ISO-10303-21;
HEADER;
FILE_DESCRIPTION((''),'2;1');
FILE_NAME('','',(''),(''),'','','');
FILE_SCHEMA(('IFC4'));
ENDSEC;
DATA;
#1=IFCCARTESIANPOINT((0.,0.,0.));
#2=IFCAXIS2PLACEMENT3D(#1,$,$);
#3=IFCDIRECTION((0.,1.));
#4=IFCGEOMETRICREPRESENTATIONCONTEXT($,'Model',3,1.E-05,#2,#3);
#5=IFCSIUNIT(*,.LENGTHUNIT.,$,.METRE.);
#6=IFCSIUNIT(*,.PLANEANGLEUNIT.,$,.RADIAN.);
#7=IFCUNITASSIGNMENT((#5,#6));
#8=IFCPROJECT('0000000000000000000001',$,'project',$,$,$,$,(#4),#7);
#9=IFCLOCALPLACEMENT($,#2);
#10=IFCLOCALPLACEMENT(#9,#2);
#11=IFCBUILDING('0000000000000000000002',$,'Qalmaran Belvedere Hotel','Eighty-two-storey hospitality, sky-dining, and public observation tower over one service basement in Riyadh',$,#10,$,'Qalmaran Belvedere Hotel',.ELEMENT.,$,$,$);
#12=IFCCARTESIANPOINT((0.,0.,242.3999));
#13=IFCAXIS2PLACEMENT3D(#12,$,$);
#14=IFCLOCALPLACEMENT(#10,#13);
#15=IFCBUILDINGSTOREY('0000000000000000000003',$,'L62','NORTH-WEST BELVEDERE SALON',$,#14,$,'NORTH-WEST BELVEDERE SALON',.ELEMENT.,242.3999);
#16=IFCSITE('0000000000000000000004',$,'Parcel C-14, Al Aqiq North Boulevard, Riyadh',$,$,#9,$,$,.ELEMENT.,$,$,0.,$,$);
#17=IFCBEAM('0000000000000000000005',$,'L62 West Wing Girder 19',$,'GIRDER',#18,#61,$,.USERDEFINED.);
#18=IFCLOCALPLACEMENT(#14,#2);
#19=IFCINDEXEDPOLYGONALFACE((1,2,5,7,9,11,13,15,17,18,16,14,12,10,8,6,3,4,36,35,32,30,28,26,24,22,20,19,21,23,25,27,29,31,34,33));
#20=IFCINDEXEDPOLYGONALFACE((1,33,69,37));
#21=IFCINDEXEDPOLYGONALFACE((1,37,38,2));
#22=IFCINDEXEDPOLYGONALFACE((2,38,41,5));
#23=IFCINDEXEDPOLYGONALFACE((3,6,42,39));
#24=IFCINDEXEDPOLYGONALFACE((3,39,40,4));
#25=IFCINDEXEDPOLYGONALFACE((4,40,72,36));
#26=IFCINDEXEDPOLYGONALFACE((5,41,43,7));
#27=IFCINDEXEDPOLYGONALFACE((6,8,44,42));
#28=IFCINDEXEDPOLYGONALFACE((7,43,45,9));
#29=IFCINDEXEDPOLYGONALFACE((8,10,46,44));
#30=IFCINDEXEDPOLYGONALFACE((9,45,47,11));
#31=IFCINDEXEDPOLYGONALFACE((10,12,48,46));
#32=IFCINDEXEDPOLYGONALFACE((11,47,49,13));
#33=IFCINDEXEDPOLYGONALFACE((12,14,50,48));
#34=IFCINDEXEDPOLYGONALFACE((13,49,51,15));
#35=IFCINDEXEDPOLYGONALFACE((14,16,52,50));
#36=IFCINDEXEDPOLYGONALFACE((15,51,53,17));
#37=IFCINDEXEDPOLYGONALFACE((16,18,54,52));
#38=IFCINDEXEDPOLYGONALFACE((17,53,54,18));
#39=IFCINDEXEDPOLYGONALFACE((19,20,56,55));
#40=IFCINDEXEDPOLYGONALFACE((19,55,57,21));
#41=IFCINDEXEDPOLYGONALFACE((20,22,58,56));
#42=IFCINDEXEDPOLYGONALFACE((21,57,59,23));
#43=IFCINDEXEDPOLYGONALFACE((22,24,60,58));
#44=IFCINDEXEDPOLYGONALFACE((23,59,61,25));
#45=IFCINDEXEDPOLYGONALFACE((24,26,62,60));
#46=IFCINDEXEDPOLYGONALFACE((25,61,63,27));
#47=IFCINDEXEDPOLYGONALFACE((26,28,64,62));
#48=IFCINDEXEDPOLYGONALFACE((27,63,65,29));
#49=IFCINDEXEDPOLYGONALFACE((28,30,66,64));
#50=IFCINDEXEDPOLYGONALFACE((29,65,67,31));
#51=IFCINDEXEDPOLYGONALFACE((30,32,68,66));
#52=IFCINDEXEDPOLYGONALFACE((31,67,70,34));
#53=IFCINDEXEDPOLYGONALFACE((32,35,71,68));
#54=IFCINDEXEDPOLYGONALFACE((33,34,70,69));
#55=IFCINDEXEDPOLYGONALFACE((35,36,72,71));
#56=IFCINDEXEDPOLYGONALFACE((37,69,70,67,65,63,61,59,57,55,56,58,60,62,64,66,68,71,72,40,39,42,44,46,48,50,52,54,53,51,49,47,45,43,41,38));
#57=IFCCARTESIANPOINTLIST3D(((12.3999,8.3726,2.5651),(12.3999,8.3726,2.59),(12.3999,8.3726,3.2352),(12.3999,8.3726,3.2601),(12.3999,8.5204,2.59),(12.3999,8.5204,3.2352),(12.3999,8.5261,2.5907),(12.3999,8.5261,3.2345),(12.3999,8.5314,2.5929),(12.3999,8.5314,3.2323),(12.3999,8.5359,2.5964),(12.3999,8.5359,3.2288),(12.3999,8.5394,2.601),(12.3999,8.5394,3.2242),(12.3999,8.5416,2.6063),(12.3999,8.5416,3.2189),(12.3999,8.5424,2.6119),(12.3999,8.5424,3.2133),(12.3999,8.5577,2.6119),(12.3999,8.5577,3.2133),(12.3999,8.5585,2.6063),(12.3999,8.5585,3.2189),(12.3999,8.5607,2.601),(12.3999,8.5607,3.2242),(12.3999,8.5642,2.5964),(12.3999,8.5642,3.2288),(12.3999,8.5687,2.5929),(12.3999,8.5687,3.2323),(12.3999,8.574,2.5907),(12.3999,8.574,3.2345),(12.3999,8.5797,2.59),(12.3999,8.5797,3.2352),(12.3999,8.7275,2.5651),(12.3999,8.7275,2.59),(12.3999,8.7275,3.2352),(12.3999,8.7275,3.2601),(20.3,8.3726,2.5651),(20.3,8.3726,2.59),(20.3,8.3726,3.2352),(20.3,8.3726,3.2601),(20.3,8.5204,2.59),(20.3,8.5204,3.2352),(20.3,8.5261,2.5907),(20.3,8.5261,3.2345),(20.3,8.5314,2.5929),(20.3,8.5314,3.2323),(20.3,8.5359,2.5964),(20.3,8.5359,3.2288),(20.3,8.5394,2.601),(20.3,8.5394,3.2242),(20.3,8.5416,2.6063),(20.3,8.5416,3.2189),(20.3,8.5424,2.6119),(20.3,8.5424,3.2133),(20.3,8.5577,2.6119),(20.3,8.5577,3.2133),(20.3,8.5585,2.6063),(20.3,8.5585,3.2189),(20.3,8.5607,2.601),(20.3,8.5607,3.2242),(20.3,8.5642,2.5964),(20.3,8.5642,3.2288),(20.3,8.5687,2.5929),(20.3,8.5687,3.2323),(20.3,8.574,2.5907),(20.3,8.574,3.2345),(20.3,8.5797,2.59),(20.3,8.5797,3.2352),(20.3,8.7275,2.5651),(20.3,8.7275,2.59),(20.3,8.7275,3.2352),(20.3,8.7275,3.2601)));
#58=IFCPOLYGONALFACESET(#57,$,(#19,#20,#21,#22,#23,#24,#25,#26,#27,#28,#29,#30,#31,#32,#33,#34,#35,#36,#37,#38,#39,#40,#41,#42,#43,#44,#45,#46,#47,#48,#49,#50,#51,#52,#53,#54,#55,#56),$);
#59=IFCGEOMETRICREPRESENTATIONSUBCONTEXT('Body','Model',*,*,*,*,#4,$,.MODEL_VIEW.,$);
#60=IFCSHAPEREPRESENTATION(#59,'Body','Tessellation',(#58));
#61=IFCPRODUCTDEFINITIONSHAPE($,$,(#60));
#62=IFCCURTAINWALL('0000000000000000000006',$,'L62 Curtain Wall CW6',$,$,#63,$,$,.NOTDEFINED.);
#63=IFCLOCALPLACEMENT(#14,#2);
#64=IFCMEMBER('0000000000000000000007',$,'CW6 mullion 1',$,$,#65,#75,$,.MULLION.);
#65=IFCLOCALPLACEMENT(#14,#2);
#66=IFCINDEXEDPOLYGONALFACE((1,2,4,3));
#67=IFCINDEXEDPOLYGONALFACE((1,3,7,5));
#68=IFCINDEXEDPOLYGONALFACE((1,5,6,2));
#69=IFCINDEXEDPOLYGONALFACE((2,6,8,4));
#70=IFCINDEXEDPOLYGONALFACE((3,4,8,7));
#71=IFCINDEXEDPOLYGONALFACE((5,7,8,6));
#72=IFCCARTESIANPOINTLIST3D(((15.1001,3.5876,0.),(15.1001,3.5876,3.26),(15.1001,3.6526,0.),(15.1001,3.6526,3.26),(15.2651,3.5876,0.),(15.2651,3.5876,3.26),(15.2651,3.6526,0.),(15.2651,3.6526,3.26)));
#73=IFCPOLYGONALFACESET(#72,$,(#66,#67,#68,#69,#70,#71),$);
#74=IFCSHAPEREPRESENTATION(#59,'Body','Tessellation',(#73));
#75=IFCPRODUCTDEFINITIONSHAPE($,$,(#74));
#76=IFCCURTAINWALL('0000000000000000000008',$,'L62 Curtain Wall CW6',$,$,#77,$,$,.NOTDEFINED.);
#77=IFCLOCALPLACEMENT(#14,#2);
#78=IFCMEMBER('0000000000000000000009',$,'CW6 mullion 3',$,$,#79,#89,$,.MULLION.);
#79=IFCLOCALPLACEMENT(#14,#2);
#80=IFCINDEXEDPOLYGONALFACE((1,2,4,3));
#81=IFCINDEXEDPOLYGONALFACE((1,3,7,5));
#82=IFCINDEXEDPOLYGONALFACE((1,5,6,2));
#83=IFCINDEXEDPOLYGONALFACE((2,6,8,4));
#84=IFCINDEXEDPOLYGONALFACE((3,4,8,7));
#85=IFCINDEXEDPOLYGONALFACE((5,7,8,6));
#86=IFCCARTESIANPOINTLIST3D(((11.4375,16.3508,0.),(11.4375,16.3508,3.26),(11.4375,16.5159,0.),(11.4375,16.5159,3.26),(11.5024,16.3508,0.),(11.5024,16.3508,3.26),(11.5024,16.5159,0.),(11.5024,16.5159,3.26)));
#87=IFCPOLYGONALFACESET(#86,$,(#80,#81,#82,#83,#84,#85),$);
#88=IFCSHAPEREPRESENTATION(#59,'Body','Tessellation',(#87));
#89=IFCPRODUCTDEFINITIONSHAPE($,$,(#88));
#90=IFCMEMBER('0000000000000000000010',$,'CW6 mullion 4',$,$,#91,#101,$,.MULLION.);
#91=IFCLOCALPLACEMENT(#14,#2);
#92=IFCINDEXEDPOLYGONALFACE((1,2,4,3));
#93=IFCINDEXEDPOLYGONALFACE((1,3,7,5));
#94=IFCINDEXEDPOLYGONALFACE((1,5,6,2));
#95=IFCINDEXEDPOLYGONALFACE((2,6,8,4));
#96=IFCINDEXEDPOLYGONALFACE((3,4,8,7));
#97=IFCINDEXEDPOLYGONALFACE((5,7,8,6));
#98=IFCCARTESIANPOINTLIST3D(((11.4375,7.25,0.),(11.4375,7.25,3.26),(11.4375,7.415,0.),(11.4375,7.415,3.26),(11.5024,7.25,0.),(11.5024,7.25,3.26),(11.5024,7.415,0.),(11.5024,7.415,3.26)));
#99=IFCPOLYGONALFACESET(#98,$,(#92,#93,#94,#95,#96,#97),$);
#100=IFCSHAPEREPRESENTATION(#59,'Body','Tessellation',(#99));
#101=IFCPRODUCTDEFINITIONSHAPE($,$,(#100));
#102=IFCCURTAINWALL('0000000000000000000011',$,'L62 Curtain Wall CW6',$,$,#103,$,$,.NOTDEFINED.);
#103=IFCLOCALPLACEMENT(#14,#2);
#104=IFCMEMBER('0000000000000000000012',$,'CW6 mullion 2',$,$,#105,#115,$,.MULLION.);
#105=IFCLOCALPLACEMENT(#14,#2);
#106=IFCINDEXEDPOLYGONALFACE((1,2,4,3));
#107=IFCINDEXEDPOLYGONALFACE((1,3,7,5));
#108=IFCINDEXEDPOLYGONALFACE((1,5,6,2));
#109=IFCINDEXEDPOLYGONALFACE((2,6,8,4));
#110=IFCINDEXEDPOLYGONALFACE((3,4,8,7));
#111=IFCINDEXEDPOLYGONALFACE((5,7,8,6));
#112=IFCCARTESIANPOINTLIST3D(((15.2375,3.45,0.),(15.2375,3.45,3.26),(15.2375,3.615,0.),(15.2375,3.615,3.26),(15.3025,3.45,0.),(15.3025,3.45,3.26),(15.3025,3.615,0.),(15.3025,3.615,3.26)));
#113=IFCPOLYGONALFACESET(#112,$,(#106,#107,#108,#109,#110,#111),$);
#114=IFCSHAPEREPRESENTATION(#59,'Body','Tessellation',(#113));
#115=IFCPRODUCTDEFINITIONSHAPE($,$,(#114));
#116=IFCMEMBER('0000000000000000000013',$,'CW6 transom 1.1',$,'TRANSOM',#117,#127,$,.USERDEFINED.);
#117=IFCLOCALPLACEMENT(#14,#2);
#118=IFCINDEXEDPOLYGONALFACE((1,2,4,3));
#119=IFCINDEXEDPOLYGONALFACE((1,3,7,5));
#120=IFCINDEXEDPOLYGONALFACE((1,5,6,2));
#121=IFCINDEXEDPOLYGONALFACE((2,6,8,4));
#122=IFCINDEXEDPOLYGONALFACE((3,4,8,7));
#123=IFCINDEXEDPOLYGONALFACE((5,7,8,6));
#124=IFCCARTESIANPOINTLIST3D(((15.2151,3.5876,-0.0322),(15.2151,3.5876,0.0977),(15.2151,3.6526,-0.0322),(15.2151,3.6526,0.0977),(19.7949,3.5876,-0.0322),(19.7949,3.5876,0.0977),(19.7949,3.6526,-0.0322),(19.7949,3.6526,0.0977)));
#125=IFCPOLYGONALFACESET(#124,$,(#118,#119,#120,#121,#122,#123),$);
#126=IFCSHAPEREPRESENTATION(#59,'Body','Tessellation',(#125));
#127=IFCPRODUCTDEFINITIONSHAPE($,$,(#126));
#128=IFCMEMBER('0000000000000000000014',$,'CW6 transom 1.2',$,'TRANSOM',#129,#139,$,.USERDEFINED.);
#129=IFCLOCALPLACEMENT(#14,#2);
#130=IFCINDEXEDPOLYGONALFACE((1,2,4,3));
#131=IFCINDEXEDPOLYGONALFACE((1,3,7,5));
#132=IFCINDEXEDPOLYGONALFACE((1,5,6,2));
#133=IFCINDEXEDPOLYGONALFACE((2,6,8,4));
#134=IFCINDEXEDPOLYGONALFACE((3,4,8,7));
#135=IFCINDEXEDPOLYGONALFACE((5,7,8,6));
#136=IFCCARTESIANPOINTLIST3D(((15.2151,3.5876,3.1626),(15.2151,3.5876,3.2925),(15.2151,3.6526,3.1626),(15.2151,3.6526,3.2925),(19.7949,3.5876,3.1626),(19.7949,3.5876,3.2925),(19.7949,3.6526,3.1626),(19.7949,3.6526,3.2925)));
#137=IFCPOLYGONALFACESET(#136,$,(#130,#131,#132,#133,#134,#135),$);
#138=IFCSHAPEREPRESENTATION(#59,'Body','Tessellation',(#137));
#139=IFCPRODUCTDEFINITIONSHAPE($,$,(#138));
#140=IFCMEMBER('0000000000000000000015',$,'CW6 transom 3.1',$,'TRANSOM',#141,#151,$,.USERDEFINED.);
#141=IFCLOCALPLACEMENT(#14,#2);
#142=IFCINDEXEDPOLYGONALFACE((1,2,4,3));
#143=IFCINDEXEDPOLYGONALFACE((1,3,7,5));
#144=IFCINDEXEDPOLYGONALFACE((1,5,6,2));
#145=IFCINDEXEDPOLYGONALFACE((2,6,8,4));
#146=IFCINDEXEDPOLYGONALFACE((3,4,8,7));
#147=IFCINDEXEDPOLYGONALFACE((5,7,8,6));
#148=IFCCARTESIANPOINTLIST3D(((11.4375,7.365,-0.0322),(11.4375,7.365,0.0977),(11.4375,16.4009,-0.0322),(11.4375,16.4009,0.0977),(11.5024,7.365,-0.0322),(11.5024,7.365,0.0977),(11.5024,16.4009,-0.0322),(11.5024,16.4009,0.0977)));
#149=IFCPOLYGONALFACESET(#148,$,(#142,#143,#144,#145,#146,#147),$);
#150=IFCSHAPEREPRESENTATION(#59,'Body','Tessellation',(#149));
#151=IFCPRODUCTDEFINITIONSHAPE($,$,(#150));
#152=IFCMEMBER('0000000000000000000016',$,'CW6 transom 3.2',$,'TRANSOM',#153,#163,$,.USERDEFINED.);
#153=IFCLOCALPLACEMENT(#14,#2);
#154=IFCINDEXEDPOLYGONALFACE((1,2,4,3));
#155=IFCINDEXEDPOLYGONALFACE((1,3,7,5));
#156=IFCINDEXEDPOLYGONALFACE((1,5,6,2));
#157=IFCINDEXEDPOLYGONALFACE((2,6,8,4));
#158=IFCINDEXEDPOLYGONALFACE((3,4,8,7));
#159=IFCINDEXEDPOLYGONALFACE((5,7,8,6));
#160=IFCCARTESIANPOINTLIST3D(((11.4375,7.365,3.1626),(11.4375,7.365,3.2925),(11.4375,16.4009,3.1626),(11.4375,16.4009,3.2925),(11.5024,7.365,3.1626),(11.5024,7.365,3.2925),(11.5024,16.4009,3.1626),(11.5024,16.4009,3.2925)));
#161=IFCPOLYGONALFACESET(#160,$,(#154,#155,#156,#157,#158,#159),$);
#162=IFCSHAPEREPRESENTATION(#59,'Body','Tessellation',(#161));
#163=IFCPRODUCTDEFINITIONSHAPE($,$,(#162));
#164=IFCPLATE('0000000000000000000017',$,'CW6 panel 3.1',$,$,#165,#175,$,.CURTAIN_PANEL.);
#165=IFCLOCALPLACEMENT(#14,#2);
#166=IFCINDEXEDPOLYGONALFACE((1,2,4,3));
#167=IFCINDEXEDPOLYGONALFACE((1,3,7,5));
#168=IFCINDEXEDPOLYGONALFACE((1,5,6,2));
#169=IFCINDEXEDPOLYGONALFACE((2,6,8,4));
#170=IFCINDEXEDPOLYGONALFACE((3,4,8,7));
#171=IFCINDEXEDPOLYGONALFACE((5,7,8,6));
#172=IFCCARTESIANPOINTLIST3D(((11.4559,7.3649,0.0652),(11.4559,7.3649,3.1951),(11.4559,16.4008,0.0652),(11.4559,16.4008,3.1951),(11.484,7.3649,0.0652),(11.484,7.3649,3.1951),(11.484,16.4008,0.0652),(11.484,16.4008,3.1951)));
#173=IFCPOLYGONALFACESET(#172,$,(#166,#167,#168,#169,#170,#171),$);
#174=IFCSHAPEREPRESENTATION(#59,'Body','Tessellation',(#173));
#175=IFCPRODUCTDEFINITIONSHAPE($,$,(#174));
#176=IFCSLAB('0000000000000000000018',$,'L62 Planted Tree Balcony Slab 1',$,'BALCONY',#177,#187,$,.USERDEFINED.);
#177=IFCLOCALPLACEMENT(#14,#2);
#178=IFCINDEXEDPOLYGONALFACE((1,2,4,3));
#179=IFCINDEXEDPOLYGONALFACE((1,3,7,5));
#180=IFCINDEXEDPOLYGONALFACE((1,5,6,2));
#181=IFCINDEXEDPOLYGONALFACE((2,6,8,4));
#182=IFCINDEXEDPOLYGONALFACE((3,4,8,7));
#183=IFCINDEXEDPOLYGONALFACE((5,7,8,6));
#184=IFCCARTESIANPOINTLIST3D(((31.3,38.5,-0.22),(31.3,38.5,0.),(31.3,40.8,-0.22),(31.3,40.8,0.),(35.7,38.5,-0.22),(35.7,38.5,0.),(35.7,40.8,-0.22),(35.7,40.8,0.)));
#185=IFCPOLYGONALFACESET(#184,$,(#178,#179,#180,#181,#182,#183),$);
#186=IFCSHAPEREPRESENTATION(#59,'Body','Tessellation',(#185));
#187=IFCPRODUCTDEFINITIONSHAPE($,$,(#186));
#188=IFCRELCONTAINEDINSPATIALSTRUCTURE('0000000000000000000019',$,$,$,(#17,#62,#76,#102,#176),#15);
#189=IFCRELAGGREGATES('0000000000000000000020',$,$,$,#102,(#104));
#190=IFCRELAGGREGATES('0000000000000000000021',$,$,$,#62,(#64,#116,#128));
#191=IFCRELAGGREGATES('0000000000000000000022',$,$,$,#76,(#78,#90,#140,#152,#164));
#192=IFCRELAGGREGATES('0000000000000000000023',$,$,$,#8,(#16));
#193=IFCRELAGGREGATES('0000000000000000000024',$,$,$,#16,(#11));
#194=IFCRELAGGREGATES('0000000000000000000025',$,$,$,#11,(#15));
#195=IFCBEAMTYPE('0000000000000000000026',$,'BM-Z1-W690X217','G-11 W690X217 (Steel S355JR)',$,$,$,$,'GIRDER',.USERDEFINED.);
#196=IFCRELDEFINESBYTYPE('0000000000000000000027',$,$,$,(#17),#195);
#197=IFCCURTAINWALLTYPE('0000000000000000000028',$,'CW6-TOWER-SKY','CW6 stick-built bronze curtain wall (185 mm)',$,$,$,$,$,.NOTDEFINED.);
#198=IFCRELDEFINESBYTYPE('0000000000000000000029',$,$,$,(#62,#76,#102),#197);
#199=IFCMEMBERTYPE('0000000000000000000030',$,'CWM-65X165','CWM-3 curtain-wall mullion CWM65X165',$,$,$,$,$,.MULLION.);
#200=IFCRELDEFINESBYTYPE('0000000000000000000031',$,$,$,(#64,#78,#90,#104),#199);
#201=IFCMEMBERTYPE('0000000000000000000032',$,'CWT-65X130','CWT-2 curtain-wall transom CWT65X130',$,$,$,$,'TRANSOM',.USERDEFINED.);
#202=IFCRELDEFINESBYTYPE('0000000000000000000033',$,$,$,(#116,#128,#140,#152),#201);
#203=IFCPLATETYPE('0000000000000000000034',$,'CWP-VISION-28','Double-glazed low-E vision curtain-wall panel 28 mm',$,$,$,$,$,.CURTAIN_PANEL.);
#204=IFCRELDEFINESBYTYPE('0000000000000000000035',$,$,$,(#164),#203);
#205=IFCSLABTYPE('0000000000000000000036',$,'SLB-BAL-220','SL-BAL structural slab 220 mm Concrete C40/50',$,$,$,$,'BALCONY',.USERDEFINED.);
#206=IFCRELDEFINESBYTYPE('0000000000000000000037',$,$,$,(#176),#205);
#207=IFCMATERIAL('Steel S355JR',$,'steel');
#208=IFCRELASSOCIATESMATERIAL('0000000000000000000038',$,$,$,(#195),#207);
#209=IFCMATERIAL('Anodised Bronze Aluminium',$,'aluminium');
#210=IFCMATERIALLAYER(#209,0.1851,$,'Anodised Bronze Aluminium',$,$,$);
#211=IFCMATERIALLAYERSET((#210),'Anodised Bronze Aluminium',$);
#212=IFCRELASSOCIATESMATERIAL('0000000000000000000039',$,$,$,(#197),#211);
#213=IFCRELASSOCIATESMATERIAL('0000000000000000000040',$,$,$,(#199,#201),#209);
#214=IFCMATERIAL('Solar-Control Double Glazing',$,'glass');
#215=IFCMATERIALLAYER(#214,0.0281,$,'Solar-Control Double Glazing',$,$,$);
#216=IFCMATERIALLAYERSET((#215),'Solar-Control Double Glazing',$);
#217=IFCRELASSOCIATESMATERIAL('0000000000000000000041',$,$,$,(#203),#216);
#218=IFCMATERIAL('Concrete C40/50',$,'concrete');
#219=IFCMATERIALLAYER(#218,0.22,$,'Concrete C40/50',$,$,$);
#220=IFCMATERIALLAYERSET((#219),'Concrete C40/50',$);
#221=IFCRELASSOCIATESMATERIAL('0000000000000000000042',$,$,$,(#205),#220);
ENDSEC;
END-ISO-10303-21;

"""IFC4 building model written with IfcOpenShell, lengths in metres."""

from ifc_helpers import new_model, si_unit, direction, frame, origin, origin_2d, place, context, subcontext, project, spatial, polyline, rectangle, i_section, outline, extrude, material, layer, layer_set, material_profile, profile_set, type_object, element, aggregate, save


model = new_model("IFC4")

# Units and contexts
model_context = context("Model", 3, precision=1e-05, world=origin(), true_north=direction((0.0, 1.0)))
body_context = subcontext(model_context, "Body", "Model", "MODEL_VIEW")
ifc_project = project(units=[si_unit("LENGTHUNIT", "METRE"), si_unit("PLANEANGLEUNIT", "RADIAN")], contexts=[model_context])

# Site, building, storey
site_placement = place(None, origin())
site = spatial("IfcSite", under=ifc_project, at=site_placement, Name="Parcel C-14, Al Aqiq North Boulevard, Riyadh", CompositionType="ELEMENT", RefElevation=0.0)
building_placement = place(site_placement, origin())
building = spatial("IfcBuilding", under=site, at=building_placement, Name="Qalmaran Belvedere Hotel", Description="Eighty-two-storey hospitality, sky-dining, and public observation tower over one service basement in Riyadh", LongName="Qalmaran Belvedere Hotel", CompositionType="ELEMENT")
storey_placement = place(building_placement, frame((0.0, 0.0, 242.3999)))
storey = spatial("IfcBuildingStorey", under=building, at=storey_placement, Name="L62", Description="NORTH-WEST BELVEDERE SALON", LongName="NORTH-WEST BELVEDERE SALON", CompositionType="ELEMENT", Elevation=242.3999)

# Beam
ifc_material_1 = material(Name="Steel S355JR", Category="steel")
ifc_material_profile_1 = material_profile(ifc_material_1, i_section(OverallWidth=0.355, OverallDepth=0.6951, WebThickness=0.0154, FlangeThickness=0.0249, FilletRadius=0.022, at=origin_2d()), Name="W690X217")
ifc_profile_set_1 = profile_set([ifc_material_profile_1], Name="Steel S355JR")
beam_type_1 = type_object("IfcBeamType", Name="BM-Z1-W690X217", Description="G-11 W690X217 (Steel S355JR)", ElementType="GIRDER", PredefinedType="USERDEFINED", material=ifc_profile_set_1)
beam_1_placement = place(storey_placement, frame((12.3999, 8.55, 2.9126), z_axis=(1.0, 0.0, 0.0), x_axis=(0.0, 1.0, 0.0)))
element("IfcBeam", 1, at=beam_1_placement, inside=storey, type_object=beam_type_1, Name="L62 West Wing Girder 19", ObjectType="GIRDER", PredefinedType="USERDEFINED", context=body_context, shape_type="SweptSolid", body=[
    extrude(i_section(OverallWidth=0.355, OverallDepth=0.6951, WebThickness=0.0154, FlangeThickness=0.0249, FilletRadius=0.022, at=origin_2d()), origin(), (0.0, 0.0, 1.0), 7.9001),
])

# Curtain wall, member
ifc_material_2 = material(Name="Anodised Bronze Aluminium", Category="aluminium")
ifc_layer_1 = layer(ifc_material_2, 0.1851, Name="Anodised Bronze Aluminium")
ifc_layer_set_1 = layer_set([ifc_layer_1], Name="Anodised Bronze Aluminium")
curtain_wall_type = type_object("IfcCurtainWallType", Name="CW6-TOWER-SKY", Description="CW6 stick-built bronze curtain wall (185 mm)", PredefinedType="NOTDEFINED", material=ifc_layer_set_1)
curtain_wall_1_placement = place(storey_placement, origin())
curtain_wall_1 = element("IfcCurtainWall", 2, at=curtain_wall_1_placement, inside=storey, type_object=curtain_wall_type, Name="L62 Curtain Wall CW6", PredefinedType="NOTDEFINED")
ifc_material_profile_2 = material_profile(ifc_material_2, rectangle(XDim=0.0649, YDim=0.165, at=origin_2d()), Name="CWM65X165")
ifc_profile_set_2 = profile_set([ifc_material_profile_2], Name="Anodised Bronze Aluminium")
member_type_1 = type_object("IfcMemberType", Name="CWM-65X165", Description="CWM-3 curtain-wall mullion CWM65X165", PredefinedType="MULLION", material=ifc_profile_set_2)
member_1_placement = place(storey_placement, frame((15.1826, 3.6201, 0.0), z_axis=(0.0, 0.0, 1.0), x_axis=(0.0, 1.0, 0.0)))
member_1 = element("IfcMember", 3, at=member_1_placement, type_object=member_type_1, Name="CW6 mullion 1", PredefinedType="MULLION", context=body_context, shape_type="SweptSolid", body=[
    extrude(rectangle(XDim=0.0649, YDim=0.165, at=origin_2d()), origin(), (0.0, 0.0, 1.0), 3.26),
])

# Curtain wall, members
curtain_wall_2_placement = place(storey_placement, origin())
curtain_wall_2 = element("IfcCurtainWall", 4, at=curtain_wall_2_placement, inside=storey, type_object=curtain_wall_type, Name="L62 Curtain Wall CW6", PredefinedType="NOTDEFINED")
member_2_placement = place(storey_placement, frame((11.47, 16.4333, 0.0), z_axis=(0.0, 0.0, 1.0), x_axis=(1.0, 0.0, 0.0)))
member_2 = element("IfcMember", 5, at=member_2_placement, type_object=member_type_1, Name="CW6 mullion 3", PredefinedType="MULLION", context=body_context, shape_type="SweptSolid", body=[
    extrude(rectangle(XDim=0.0649, YDim=0.165, at=origin_2d()), origin(), (0.0, 0.0, 1.0), 3.26),
])
member_3_placement = place(storey_placement, frame((11.47, 7.3325, 0.0), z_axis=(0.0, 0.0, 1.0), x_axis=(1.0, 0.0, 0.0)))
member_3 = element("IfcMember", 6, at=member_3_placement, type_object=member_type_1, Name="CW6 mullion 4", PredefinedType="MULLION", context=body_context, shape_type="SweptSolid", body=[
    extrude(rectangle(XDim=0.0649, YDim=0.165, at=origin_2d()), origin(), (0.0, 0.0, 1.0), 3.26),
])

# Curtain wall, member
curtain_wall_3_placement = place(storey_placement, origin())
curtain_wall_3 = element("IfcCurtainWall", 7, at=curtain_wall_3_placement, inside=storey, type_object=curtain_wall_type, Name="L62 Curtain Wall CW6", PredefinedType="NOTDEFINED")
member_4_placement = place(storey_placement, frame((15.27, 3.5325, 0.0), z_axis=(0.0, 0.0, 1.0), x_axis=(1.0, 0.0, 0.0)))
member_4 = element("IfcMember", 8, at=member_4_placement, type_object=member_type_1, Name="CW6 mullion 2", PredefinedType="MULLION", context=body_context, shape_type="SweptSolid", body=[
    extrude(rectangle(XDim=0.0649, YDim=0.165, at=origin_2d()), origin(), (0.0, 0.0, 1.0), 3.26),
])
aggregate(curtain_wall_3, [member_4])

# Members
ifc_material_profile_3 = material_profile(ifc_material_2, rectangle(XDim=0.0649, YDim=0.1299, at=origin_2d()), Name="CWT65X130")
ifc_profile_set_3 = profile_set([ifc_material_profile_3], Name="Anodised Bronze Aluminium")
member_type_2 = type_object("IfcMemberType", Name="CWT-65X130", Description="CWT-2 curtain-wall transom CWT65X130", ElementType="TRANSOM", PredefinedType="USERDEFINED", material=ifc_profile_set_3)
member_5_placement = place(storey_placement, frame((15.2151, 3.6201, 0.0327), z_axis=(1.0, 0.0, 0.0), x_axis=(0.0, 1.0, 0.0)))
member_5 = element("IfcMember", 9, at=member_5_placement, type_object=member_type_2, Name="CW6 transom 1.1", ObjectType="TRANSOM", PredefinedType="USERDEFINED", context=body_context, shape_type="SweptSolid", body=[
    extrude(rectangle(XDim=0.0649, YDim=0.1299, at=origin_2d()), origin(), (0.0, 0.0, 1.0), 4.5798),
])
member_6_placement = place(storey_placement, frame((15.2151, 3.6201, 3.2275), z_axis=(1.0, 0.0, 0.0), x_axis=(0.0, 1.0, 0.0)))
member_6 = element("IfcMember", 10, at=member_6_placement, type_object=member_type_2, Name="CW6 transom 1.2", ObjectType="TRANSOM", PredefinedType="USERDEFINED", context=body_context, shape_type="SweptSolid", body=[
    extrude(rectangle(XDim=0.0649, YDim=0.1299, at=origin_2d()), origin(), (0.0, 0.0, 1.0), 4.5798),
])
aggregate(curtain_wall_1, [member_1, member_5, member_6])
member_7_placement = place(storey_placement, frame((11.47, 16.4009, 0.0327), z_axis=(0.0, -1.0, 0.0), x_axis=(1.0, 0.0, 0.0)))
member_7 = element("IfcMember", 11, at=member_7_placement, type_object=member_type_2, Name="CW6 transom 3.1", ObjectType="TRANSOM", PredefinedType="USERDEFINED", context=body_context, shape_type="SweptSolid", body=[
    extrude(rectangle(XDim=0.0649, YDim=0.1299, at=origin_2d()), origin(), (0.0, 0.0, 1.0), 9.0359),
])
member_8_placement = place(storey_placement, frame((11.47, 16.4009, 3.2275), z_axis=(0.0, -1.0, 0.0), x_axis=(1.0, 0.0, 0.0)))
member_8 = element("IfcMember", 12, at=member_8_placement, type_object=member_type_2, Name="CW6 transom 3.2", ObjectType="TRANSOM", PredefinedType="USERDEFINED", context=body_context, shape_type="SweptSolid", body=[
    extrude(rectangle(XDim=0.0649, YDim=0.1299, at=origin_2d()), origin(), (0.0, 0.0, 1.0), 9.0359),
])

# Plate
ifc_material_3 = material(Name="Solar-Control Double Glazing", Category="glass")
ifc_layer_2 = layer(ifc_material_3, 0.0281, Name="Solar-Control Double Glazing")
ifc_layer_set_2 = layer_set([ifc_layer_2], Name="Solar-Control Double Glazing")
plate_type = type_object("IfcPlateType", Name="CWP-VISION-28", Description="Double-glazed low-E vision curtain-wall panel 28 mm", PredefinedType="CURTAIN_PANEL", material=ifc_layer_set_2)
plate_placement = place(storey_placement, frame((11.47, 11.8828, 0.0652), z_axis=(0.0, 0.0, 1.0), x_axis=(0.0, -1.0, 0.0)))
plate = element("IfcPlate", 13, at=plate_placement, type_object=plate_type, Name="CW6 panel 3.1", PredefinedType="CURTAIN_PANEL", context=body_context, shape_type="SweptSolid", body=[
    extrude(rectangle(XDim=9.0359, YDim=0.0281, at=origin_2d()), origin(), (0.0, 0.0, 1.0), 3.1299),
])
aggregate(curtain_wall_2, [member_2, member_3, member_7, member_8, plate])

# Slab
ifc_material_4 = material(Name="Concrete C40/50", Category="concrete")
ifc_layer_3 = layer(ifc_material_4, 0.22, Name="Concrete C40/50")
ifc_layer_set_3 = layer_set([ifc_layer_3], Name="Concrete C40/50")
slab_type_1 = type_object("IfcSlabType", Name="SLB-BAL-220", Description="SL-BAL structural slab 220 mm Concrete C40/50", ElementType="BALCONY", PredefinedType="USERDEFINED", material=ifc_layer_set_3)
slab_1_placement = place(storey_placement, frame((0.0, 0.0, -0.22)))
element("IfcSlab", 14, at=slab_1_placement, inside=storey, type_object=slab_type_1, Name="L62 Planted Tree Balcony Slab 1", ObjectType="BALCONY", PredefinedType="USERDEFINED", context=body_context, shape_type="SweptSolid", body=[
    extrude(outline(polyline([(31.3, 38.5), (35.7, 38.5), (35.7, 40.8), (31.3, 40.8), (31.3, 38.5)])), origin(), (0.0, 0.0, 1.0), 0.22),
])

save(model, "model.ifc")
